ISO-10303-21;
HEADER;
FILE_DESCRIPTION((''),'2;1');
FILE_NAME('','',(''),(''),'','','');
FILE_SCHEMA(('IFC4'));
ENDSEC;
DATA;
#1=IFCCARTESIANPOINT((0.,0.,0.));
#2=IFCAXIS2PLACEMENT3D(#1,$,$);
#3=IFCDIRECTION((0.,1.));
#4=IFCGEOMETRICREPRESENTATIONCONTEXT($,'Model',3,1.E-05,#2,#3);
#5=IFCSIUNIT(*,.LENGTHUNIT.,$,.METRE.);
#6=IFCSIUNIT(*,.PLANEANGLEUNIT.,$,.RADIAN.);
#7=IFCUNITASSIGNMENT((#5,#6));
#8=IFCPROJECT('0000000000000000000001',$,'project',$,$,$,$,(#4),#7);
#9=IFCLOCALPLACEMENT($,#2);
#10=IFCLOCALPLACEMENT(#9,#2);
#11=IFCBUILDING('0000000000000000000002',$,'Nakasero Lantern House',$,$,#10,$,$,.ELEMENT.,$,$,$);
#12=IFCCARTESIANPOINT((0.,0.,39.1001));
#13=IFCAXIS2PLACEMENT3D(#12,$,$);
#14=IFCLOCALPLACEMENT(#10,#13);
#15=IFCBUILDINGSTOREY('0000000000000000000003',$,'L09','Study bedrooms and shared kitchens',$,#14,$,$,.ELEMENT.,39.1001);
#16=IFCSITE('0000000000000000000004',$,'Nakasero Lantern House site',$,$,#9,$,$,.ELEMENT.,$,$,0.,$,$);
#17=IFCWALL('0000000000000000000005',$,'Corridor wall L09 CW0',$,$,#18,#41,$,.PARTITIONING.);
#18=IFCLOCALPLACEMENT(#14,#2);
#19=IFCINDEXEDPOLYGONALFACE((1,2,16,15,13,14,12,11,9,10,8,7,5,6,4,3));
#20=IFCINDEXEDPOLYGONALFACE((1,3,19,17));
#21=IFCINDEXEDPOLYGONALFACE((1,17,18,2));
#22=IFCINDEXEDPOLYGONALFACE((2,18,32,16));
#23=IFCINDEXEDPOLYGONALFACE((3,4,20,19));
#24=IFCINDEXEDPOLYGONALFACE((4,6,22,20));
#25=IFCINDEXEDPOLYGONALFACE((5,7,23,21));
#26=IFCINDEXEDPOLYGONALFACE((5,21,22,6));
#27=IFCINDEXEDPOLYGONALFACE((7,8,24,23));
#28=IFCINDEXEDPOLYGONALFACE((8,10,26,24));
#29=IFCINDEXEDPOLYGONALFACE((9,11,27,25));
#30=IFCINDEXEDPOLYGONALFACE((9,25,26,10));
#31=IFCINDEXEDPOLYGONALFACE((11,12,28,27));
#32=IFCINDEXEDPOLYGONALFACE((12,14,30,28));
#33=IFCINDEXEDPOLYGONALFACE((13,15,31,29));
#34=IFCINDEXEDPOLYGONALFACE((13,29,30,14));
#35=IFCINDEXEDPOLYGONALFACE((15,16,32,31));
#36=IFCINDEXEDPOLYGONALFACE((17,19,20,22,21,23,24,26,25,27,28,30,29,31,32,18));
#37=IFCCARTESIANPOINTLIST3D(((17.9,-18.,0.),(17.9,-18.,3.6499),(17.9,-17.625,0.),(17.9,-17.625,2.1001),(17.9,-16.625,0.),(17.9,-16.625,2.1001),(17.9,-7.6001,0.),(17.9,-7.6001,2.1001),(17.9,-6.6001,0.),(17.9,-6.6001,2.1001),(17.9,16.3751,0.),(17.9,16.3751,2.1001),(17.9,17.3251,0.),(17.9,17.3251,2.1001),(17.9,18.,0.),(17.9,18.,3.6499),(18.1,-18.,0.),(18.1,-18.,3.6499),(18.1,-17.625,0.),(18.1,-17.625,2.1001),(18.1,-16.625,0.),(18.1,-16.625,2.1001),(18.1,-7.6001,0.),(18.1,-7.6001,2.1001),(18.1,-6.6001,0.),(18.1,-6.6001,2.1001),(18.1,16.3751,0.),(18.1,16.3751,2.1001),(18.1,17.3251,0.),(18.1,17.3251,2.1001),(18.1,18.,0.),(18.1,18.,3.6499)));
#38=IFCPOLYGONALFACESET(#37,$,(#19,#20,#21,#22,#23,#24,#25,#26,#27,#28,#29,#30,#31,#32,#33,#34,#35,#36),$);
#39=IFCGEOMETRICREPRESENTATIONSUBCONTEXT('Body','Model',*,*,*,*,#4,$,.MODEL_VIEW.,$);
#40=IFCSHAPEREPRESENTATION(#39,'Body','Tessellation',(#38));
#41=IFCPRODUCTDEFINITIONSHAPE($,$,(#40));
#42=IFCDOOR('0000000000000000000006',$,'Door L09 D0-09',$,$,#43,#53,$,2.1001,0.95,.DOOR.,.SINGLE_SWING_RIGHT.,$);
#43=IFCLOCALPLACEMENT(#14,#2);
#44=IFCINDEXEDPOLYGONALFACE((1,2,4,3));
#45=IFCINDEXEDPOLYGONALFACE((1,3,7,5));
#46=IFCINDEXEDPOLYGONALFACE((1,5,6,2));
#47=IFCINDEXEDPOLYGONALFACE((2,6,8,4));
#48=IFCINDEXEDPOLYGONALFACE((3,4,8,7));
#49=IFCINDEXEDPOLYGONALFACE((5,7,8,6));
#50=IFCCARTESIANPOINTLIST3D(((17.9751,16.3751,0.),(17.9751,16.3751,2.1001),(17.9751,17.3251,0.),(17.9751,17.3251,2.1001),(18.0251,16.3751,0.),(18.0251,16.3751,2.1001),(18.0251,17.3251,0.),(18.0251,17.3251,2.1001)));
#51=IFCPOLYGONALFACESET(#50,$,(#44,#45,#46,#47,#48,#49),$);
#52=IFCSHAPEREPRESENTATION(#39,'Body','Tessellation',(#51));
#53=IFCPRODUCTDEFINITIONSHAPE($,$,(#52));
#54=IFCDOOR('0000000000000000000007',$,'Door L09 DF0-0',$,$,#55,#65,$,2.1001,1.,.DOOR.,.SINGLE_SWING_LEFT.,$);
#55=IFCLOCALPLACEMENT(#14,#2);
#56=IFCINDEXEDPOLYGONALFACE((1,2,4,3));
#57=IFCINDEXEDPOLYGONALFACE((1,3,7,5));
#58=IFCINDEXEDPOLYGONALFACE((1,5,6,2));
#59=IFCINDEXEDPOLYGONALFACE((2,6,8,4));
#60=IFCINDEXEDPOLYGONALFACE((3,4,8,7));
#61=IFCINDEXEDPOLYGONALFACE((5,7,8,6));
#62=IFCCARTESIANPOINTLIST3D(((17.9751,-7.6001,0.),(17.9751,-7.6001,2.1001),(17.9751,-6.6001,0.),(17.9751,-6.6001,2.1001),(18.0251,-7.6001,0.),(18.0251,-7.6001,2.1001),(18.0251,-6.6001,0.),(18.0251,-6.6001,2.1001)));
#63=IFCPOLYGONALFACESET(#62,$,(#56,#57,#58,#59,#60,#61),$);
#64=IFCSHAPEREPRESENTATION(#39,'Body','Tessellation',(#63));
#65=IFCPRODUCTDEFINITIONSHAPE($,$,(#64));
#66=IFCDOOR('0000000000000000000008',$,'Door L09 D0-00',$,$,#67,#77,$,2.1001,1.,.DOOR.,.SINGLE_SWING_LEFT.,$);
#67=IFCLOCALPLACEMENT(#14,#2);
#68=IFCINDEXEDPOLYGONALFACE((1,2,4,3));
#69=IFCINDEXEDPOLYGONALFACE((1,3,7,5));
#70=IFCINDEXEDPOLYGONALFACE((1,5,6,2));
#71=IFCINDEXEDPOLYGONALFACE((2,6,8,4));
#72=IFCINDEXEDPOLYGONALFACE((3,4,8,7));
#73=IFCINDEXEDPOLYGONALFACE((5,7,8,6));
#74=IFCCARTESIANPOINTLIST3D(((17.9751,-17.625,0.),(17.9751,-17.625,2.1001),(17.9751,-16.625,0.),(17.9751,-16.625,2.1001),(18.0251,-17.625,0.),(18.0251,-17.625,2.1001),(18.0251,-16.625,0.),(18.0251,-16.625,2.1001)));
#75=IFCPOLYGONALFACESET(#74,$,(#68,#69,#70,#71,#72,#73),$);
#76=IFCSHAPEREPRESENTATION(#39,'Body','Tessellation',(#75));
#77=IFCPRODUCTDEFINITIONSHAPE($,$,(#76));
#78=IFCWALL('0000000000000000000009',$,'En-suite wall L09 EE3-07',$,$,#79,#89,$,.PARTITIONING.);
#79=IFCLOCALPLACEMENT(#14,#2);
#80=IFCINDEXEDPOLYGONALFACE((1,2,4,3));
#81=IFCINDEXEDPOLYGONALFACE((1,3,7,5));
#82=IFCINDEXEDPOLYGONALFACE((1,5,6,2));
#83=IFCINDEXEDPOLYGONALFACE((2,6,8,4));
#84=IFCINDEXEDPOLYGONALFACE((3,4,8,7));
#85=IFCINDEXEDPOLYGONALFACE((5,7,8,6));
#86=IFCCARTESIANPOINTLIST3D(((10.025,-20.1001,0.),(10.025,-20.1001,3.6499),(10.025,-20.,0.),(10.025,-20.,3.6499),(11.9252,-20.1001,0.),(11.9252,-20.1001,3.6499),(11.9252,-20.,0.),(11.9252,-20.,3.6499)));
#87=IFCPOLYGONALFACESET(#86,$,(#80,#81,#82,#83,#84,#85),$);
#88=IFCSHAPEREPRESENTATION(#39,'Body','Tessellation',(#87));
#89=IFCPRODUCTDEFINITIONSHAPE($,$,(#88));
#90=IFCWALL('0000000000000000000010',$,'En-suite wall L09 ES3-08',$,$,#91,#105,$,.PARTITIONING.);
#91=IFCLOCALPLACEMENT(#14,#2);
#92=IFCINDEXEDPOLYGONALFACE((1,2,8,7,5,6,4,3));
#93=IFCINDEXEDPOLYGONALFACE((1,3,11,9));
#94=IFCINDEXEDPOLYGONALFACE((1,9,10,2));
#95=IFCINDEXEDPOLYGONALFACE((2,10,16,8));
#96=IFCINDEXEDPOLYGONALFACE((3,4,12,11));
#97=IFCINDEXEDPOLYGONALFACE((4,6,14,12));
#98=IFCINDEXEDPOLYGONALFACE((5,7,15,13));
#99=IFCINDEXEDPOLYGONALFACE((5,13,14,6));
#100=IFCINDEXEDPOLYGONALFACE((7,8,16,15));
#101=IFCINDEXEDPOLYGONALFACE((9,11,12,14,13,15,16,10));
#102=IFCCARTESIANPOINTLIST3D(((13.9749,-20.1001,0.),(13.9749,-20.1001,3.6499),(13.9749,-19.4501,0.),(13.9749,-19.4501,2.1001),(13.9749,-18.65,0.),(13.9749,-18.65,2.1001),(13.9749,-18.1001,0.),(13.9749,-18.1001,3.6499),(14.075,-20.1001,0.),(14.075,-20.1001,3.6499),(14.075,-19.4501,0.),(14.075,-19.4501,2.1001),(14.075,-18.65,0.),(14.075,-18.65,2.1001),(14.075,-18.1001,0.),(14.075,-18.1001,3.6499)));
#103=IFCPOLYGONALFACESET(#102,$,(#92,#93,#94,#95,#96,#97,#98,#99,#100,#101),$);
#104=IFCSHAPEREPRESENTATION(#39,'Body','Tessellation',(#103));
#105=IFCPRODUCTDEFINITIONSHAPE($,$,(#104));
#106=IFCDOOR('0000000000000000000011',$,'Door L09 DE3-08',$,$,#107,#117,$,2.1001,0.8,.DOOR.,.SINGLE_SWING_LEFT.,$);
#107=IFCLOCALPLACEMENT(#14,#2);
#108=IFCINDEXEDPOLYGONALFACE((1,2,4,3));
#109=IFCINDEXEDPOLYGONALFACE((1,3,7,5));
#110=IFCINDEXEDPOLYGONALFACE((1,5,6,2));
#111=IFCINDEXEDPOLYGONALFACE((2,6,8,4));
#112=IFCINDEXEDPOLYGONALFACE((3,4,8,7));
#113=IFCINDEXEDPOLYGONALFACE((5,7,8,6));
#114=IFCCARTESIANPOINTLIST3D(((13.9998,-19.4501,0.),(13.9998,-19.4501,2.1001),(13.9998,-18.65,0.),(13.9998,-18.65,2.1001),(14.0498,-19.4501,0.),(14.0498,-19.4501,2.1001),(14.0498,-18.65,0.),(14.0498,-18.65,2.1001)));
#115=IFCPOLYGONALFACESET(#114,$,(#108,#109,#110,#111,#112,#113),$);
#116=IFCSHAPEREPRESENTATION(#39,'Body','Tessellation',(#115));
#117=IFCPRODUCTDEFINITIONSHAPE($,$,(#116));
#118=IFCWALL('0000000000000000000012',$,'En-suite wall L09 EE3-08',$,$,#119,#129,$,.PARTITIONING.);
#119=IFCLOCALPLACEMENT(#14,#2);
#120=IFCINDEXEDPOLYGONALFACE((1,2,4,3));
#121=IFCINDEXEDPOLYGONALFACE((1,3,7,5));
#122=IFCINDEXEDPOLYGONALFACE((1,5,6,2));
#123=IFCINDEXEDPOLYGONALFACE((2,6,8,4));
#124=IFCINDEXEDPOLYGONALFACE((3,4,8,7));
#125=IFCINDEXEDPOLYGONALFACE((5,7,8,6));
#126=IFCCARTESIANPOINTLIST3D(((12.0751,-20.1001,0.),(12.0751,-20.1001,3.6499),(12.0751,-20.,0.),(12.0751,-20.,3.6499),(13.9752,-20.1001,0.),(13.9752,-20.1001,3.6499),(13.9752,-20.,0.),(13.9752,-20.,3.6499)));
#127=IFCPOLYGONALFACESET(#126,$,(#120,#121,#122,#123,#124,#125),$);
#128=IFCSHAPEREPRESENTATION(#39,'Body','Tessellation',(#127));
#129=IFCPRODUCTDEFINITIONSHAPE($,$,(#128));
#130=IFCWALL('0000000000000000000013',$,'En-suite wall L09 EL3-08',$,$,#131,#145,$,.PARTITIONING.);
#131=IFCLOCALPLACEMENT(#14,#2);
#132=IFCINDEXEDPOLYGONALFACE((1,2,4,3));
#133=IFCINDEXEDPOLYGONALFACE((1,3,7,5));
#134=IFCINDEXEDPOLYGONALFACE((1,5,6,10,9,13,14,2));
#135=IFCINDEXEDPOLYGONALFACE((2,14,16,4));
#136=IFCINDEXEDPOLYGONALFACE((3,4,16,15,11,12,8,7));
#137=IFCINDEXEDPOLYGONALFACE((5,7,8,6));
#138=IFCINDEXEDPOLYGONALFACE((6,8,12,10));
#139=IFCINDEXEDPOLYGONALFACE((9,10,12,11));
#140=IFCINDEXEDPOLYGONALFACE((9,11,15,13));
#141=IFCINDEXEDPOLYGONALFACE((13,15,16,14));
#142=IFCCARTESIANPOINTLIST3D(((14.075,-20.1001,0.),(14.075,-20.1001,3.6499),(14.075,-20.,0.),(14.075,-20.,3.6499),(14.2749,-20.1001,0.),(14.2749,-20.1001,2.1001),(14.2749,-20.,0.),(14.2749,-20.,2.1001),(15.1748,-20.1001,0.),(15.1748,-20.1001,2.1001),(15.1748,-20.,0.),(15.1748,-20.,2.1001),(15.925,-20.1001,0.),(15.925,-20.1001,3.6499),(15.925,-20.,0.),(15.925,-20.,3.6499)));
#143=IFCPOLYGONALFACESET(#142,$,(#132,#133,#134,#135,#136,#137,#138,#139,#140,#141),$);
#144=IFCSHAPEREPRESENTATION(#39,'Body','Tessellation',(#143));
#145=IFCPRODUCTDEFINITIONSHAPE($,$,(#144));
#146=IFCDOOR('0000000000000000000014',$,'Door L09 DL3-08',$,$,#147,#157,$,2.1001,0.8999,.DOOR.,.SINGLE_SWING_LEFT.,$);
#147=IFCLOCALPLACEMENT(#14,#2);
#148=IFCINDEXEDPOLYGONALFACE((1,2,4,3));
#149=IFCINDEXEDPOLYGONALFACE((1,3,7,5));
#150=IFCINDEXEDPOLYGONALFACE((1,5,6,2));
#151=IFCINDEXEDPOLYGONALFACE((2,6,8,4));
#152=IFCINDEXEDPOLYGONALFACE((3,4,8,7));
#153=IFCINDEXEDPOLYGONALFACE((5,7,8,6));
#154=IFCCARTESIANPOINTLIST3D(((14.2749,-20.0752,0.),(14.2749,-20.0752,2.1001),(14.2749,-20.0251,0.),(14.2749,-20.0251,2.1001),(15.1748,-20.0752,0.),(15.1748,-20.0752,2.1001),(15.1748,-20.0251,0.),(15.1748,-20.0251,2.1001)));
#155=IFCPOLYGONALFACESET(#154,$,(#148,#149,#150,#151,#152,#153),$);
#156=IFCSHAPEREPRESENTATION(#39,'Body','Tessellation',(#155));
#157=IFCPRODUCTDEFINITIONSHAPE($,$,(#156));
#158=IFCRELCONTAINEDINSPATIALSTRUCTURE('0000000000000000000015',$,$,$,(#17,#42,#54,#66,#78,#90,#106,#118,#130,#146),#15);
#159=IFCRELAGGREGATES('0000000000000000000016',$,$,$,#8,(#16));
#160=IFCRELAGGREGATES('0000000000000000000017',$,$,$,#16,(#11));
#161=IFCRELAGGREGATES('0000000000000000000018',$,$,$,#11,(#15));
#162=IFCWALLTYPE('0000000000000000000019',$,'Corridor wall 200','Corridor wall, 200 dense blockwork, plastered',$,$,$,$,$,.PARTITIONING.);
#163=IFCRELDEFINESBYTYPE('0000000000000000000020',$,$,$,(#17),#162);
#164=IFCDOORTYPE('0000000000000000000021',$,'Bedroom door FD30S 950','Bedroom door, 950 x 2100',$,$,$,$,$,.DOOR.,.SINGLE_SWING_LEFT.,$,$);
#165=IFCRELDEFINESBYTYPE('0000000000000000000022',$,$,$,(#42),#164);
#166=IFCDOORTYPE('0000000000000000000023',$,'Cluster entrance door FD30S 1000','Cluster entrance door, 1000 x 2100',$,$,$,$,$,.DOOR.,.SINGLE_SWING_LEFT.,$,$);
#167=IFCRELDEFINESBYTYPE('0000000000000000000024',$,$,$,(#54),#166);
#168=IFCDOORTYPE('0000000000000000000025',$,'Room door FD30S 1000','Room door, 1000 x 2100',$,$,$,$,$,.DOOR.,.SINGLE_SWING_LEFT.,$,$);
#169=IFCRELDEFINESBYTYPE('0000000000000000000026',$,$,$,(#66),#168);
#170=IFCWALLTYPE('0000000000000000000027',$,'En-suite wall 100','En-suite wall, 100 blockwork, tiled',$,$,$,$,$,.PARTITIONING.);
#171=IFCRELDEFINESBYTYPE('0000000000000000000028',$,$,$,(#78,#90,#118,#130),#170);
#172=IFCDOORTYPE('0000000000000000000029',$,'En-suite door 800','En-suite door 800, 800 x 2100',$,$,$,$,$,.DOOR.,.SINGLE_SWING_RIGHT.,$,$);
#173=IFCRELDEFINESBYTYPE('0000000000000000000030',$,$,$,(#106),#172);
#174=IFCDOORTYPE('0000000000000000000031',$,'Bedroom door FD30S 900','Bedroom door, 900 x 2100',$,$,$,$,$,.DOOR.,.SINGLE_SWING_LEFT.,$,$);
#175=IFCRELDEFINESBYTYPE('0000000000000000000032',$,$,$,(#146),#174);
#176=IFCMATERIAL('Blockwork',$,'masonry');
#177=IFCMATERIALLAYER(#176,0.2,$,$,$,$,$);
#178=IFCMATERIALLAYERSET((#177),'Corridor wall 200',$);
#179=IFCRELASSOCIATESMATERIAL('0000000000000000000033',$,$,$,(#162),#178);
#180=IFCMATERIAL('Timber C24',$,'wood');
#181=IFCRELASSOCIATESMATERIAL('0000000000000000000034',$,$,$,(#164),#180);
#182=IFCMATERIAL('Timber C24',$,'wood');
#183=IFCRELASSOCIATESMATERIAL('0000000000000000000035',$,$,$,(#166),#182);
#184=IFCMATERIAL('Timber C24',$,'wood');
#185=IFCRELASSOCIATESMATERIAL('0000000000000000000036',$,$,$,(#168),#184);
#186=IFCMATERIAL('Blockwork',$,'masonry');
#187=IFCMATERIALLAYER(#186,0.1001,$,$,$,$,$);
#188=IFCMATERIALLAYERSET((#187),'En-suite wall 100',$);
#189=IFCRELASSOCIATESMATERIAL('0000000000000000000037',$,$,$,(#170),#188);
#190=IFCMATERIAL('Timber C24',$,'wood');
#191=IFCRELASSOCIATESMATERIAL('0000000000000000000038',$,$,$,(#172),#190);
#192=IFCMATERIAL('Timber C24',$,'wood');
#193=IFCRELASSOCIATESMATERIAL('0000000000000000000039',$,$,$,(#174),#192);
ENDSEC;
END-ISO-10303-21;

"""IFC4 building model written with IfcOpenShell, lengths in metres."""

from ifc_helpers import new_model, si_unit, direction, frame, frame_2d, origin, place, context, subcontext, project, spatial, rectangle, extrude, material, layer, layer_set, type_object, element, fill, save


model = new_model("IFC4")

# Units and contexts
model_context = context("Model", 3, precision=1e-05, world=origin(), true_north=direction((0.0, 1.0)))
body_context = subcontext(model_context, "Body", "Model", "MODEL_VIEW")
ifc_project = project(units=[si_unit("LENGTHUNIT", "METRE"), si_unit("PLANEANGLEUNIT", "RADIAN")], contexts=[model_context])

# Site, building, storey
site_placement = place(None, origin())
site = spatial("IfcSite", under=ifc_project, at=site_placement, Name="Nakasero Lantern House site", CompositionType="ELEMENT", RefElevation=0.0)
building_placement = place(site_placement, origin())
building = spatial("IfcBuilding", under=site, at=building_placement, Name="Nakasero Lantern House", CompositionType="ELEMENT")
storey_placement = place(building_placement, frame((0.0, 0.0, 39.1001)))
storey = spatial("IfcBuildingStorey", under=building, at=storey_placement, Name="L09", Description="Study bedrooms and shared kitchens", CompositionType="ELEMENT", Elevation=39.1001)

# Wall, openings, doors
ifc_material_1 = material(Name="Blockwork", Category="masonry")
ifc_layer_1 = layer(ifc_material_1, 0.2)
ifc_layer_set_1 = layer_set([ifc_layer_1], Name="Corridor wall 200")
wall_type_1 = type_object("IfcWallType", Name="Corridor wall 200", Description="Corridor wall, 200 dense blockwork, plastered", PredefinedType="PARTITIONING", material=ifc_layer_set_1)
wall_1_placement = place(storey_placement, frame((18.0, -18.0, 0.0), z_axis=(0.0, 0.0, 1.0), x_axis=(0.0, 1.0, 0.0)))
wall_1 = element("IfcWall", 1, at=wall_1_placement, inside=storey, type_object=wall_type_1, Name="Corridor wall L09 CW0", PredefinedType="PARTITIONING", context=body_context, shape_type="SweptSolid", body=[
    extrude(rectangle(XDim=36.0, YDim=0.2, at=frame_2d((18.0, 0.0))), origin(), (0.0, 0.0, 1.0), 3.6499),
])
opening_1_placement = place(wall_1_placement, frame((10.3999, 0.0, 0.0)))
opening_1 = element("IfcOpeningElement", 2, at=opening_1_placement, cuts=wall_1, PredefinedType="OPENING", context=body_context, shape_type="SweptSolid", body=[
    extrude(rectangle(XDim=1.0, YDim=2.1001, at=frame_2d((0.5, 1.05))), frame((0.0, 0.1199, 0.0), z_axis=(0.0, -1.0, 0.0), x_axis=(1.0, 0.0, 0.0)), (0.0, 0.0, 1.0), 0.24),
])
opening_2_placement = place(wall_1_placement, frame((0.375, 0.0, 0.0)))
opening_2 = element("IfcOpeningElement", 3, at=opening_2_placement, cuts=wall_1, PredefinedType="OPENING", context=body_context, shape_type="SweptSolid", body=[
    extrude(rectangle(XDim=1.0, YDim=2.1001, at=frame_2d((0.5, 1.05))), frame((0.0, 0.1199, 0.0), z_axis=(0.0, -1.0, 0.0), x_axis=(1.0, 0.0, 0.0)), (0.0, 0.0, 1.0), 0.24),
])
opening_3_placement = place(wall_1_placement, frame((34.375, 0.0, 0.0)))
opening_3 = element("IfcOpeningElement", 4, at=opening_3_placement, cuts=wall_1, PredefinedType="OPENING", context=body_context, shape_type="SweptSolid", body=[
    extrude(rectangle(XDim=0.95, YDim=2.1001, at=frame_2d((0.4751, 1.05))), frame((0.0, 0.1199, 0.0), z_axis=(0.0, -1.0, 0.0), x_axis=(1.0, 0.0, 0.0)), (0.0, 0.0, 1.0), 0.24),
])
ifc_material_2 = material(Name="Timber C24", Category="wood")
door_type_1 = type_object("IfcDoorType", Name="Bedroom door FD30S 950", Description="Bedroom door, 950 x 2100", OperationType="SINGLE_SWING_LEFT", PredefinedType="DOOR", material=ifc_material_2)
door_1_placement = place(opening_3_placement, origin())
door_1 = element("IfcDoor", 5, at=door_1_placement, inside=storey, type_object=door_type_1, Name="Door L09 D0-09", OperationType="SINGLE_SWING_RIGHT", OverallHeight=2.1001, OverallWidth=0.95, PredefinedType="DOOR", context=body_context, shape_type="SweptSolid", body=[
    extrude(rectangle(XDim=0.95, YDim=2.1001, at=frame_2d((0.4751, 1.05))), frame((0.0, 0.0249, 0.0), z_axis=(0.0, -1.0, 0.0), x_axis=(1.0, 0.0, 0.0)), (0.0, 0.0, 1.0), 0.05),
])
fill(opening_3, door_1)
ifc_material_3 = material(Name="Timber C24", Category="wood")
door_type_2 = type_object("IfcDoorType", Name="Cluster entrance door FD30S 1000", Description="Cluster entrance door, 1000 x 2100", OperationType="SINGLE_SWING_LEFT", PredefinedType="DOOR", material=ifc_material_3)
door_2_placement = place(opening_1_placement, origin())
door_2 = element("IfcDoor", 6, at=door_2_placement, inside=storey, type_object=door_type_2, Name="Door L09 DF0-0", OperationType="SINGLE_SWING_LEFT", OverallHeight=2.1001, OverallWidth=1.0, PredefinedType="DOOR", context=body_context, shape_type="SweptSolid", body=[
    extrude(rectangle(XDim=1.0, YDim=2.1001, at=frame_2d((0.5, 1.05))), frame((0.0, 0.0249, 0.0), z_axis=(0.0, -1.0, 0.0), x_axis=(1.0, 0.0, 0.0)), (0.0, 0.0, 1.0), 0.05),
])
fill(opening_1, door_2)
ifc_material_4 = material(Name="Timber C24", Category="wood")
door_type_3 = type_object("IfcDoorType", Name="Room door FD30S 1000", Description="Room door, 1000 x 2100", OperationType="SINGLE_SWING_LEFT", PredefinedType="DOOR", material=ifc_material_4)
door_3_placement = place(opening_2_placement, origin())
door_3 = element("IfcDoor", 7, at=door_3_placement, inside=storey, type_object=door_type_3, Name="Door L09 D0-00", OperationType="SINGLE_SWING_LEFT", OverallHeight=2.1001, OverallWidth=1.0, PredefinedType="DOOR", context=body_context, shape_type="SweptSolid", body=[
    extrude(rectangle(XDim=1.0, YDim=2.1001, at=frame_2d((0.5, 1.05))), frame((0.0, 0.0249, 0.0), z_axis=(0.0, -1.0, 0.0), x_axis=(1.0, 0.0, 0.0)), (0.0, 0.0, 1.0), 0.05),
])
fill(opening_2, door_3)

# Wall
ifc_material_5 = material(Name="Blockwork", Category="masonry")
ifc_layer_2 = layer(ifc_material_5, 0.1001)
ifc_layer_set_2 = layer_set([ifc_layer_2], Name="En-suite wall 100")
wall_type_2 = type_object("IfcWallType", Name="En-suite wall 100", Description="En-suite wall, 100 blockwork, tiled", PredefinedType="PARTITIONING", material=ifc_layer_set_2)
wall_2_placement = place(storey_placement, frame((10.0249, -20.05, 0.0), z_axis=(0.0, 0.0, 1.0), x_axis=(1.0, 0.0, 0.0)))
element("IfcWall", 8, at=wall_2_placement, inside=storey, type_object=wall_type_2, Name="En-suite wall L09 EE3-07", PredefinedType="PARTITIONING", context=body_context, shape_type="SweptSolid", body=[
    extrude(rectangle(XDim=1.9001, YDim=0.1001, at=frame_2d((0.9502, 0.0))), origin(), (0.0, 0.0, 1.0), 3.6499),
])

# Wall, opening, door
wall_3_placement = place(storey_placement, frame((14.0249, -18.1001, 0.0), z_axis=(0.0, 0.0, 1.0), x_axis=(0.0, -1.0, 0.0)))
wall_3 = element("IfcWall", 9, at=wall_3_placement, inside=storey, type_object=wall_type_2, Name="En-suite wall L09 ES3-08", PredefinedType="PARTITIONING", context=body_context, shape_type="SweptSolid", body=[
    extrude(rectangle(XDim=2.0, YDim=0.1001, at=frame_2d((1.0, 0.0))), origin(), (0.0, 0.0, 1.0), 3.6499),
])
opening_4_placement = place(wall_3_placement, frame((0.55, 0.0, 0.0)))
opening_4 = element("IfcOpeningElement", 10, at=opening_4_placement, cuts=wall_3, PredefinedType="OPENING", context=body_context, shape_type="SweptSolid", body=[
    extrude(rectangle(XDim=0.8, YDim=2.1001, at=frame_2d((0.3999, 1.05))), frame((0.0, 0.0701, 0.0), z_axis=(0.0, -1.0, 0.0), x_axis=(1.0, 0.0, 0.0)), (0.0, 0.0, 1.0), 0.1401),
])
ifc_material_6 = material(Name="Timber C24", Category="wood")
door_type_4 = type_object("IfcDoorType", Name="En-suite door 800", Description="En-suite door 800, 800 x 2100", OperationType="SINGLE_SWING_RIGHT", PredefinedType="DOOR", material=ifc_material_6)
door_4_placement = place(opening_4_placement, origin())
door_4 = element("IfcDoor", 11, at=door_4_placement, inside=storey, type_object=door_type_4, Name="Door L09 DE3-08", OperationType="SINGLE_SWING_LEFT", OverallHeight=2.1001, OverallWidth=0.8, PredefinedType="DOOR", context=body_context, shape_type="SweptSolid", body=[
    extrude(rectangle(XDim=0.8, YDim=2.1001, at=frame_2d((0.3999, 1.05))), frame((0.0, 0.0249, 0.0), z_axis=(0.0, -1.0, 0.0), x_axis=(1.0, 0.0, 0.0)), (0.0, 0.0, 1.0), 0.05),
])
fill(opening_4, door_4)

# Wall
wall_4_placement = place(storey_placement, frame((12.075, -20.05, 0.0), z_axis=(0.0, 0.0, 1.0), x_axis=(1.0, 0.0, 0.0)))
element("IfcWall", 12, at=wall_4_placement, inside=storey, type_object=wall_type_2, Name="En-suite wall L09 EE3-08", PredefinedType="PARTITIONING", context=body_context, shape_type="SweptSolid", body=[
    extrude(rectangle(XDim=1.9001, YDim=0.1001, at=frame_2d((0.9502, 0.0))), origin(), (0.0, 0.0, 1.0), 3.6499),
])

# Wall, opening, door
wall_5_placement = place(storey_placement, frame((14.075, -20.05, 0.0), z_axis=(0.0, 0.0, 1.0), x_axis=(1.0, 0.0, 0.0)))
wall_5 = element("IfcWall", 13, at=wall_5_placement, inside=storey, type_object=wall_type_2, Name="En-suite wall L09 EL3-08", PredefinedType="PARTITIONING", context=body_context, shape_type="SweptSolid", body=[
    extrude(rectangle(XDim=1.8501, YDim=0.1001, at=frame_2d((0.925, 0.0))), origin(), (0.0, 0.0, 1.0), 3.6499),
])
opening_5_placement = place(wall_5_placement, frame((0.2, 0.0, 0.0)))
opening_5 = element("IfcOpeningElement", 14, at=opening_5_placement, cuts=wall_5, PredefinedType="OPENING", context=body_context, shape_type="SweptSolid", body=[
    extrude(rectangle(XDim=0.8999, YDim=2.1001, at=frame_2d((0.45, 1.05))), frame((0.0, 0.0701, 0.0), z_axis=(0.0, -1.0, 0.0), x_axis=(1.0, 0.0, 0.0)), (0.0, 0.0, 1.0), 0.1401),
])
ifc_material_7 = material(Name="Timber C24", Category="wood")
door_type_5 = type_object("IfcDoorType", Name="Bedroom door FD30S 900", Description="Bedroom door, 900 x 2100", OperationType="SINGLE_SWING_LEFT", PredefinedType="DOOR", material=ifc_material_7)
door_5_placement = place(opening_5_placement, origin())
door_5 = element("IfcDoor", 15, at=door_5_placement, inside=storey, type_object=door_type_5, Name="Door L09 DL3-08", OperationType="SINGLE_SWING_LEFT", OverallHeight=2.1001, OverallWidth=0.8999, PredefinedType="DOOR", context=body_context, shape_type="SweptSolid", body=[
    extrude(rectangle(XDim=0.8999, YDim=2.1001, at=frame_2d((0.45, 1.05))), frame((0.0, 0.0249, 0.0), z_axis=(0.0, -1.0, 0.0), x_axis=(1.0, 0.0, 0.0)), (0.0, 0.0, 1.0), 0.05),
])
fill(opening_5, door_5)

save(model, "model.ifc")
